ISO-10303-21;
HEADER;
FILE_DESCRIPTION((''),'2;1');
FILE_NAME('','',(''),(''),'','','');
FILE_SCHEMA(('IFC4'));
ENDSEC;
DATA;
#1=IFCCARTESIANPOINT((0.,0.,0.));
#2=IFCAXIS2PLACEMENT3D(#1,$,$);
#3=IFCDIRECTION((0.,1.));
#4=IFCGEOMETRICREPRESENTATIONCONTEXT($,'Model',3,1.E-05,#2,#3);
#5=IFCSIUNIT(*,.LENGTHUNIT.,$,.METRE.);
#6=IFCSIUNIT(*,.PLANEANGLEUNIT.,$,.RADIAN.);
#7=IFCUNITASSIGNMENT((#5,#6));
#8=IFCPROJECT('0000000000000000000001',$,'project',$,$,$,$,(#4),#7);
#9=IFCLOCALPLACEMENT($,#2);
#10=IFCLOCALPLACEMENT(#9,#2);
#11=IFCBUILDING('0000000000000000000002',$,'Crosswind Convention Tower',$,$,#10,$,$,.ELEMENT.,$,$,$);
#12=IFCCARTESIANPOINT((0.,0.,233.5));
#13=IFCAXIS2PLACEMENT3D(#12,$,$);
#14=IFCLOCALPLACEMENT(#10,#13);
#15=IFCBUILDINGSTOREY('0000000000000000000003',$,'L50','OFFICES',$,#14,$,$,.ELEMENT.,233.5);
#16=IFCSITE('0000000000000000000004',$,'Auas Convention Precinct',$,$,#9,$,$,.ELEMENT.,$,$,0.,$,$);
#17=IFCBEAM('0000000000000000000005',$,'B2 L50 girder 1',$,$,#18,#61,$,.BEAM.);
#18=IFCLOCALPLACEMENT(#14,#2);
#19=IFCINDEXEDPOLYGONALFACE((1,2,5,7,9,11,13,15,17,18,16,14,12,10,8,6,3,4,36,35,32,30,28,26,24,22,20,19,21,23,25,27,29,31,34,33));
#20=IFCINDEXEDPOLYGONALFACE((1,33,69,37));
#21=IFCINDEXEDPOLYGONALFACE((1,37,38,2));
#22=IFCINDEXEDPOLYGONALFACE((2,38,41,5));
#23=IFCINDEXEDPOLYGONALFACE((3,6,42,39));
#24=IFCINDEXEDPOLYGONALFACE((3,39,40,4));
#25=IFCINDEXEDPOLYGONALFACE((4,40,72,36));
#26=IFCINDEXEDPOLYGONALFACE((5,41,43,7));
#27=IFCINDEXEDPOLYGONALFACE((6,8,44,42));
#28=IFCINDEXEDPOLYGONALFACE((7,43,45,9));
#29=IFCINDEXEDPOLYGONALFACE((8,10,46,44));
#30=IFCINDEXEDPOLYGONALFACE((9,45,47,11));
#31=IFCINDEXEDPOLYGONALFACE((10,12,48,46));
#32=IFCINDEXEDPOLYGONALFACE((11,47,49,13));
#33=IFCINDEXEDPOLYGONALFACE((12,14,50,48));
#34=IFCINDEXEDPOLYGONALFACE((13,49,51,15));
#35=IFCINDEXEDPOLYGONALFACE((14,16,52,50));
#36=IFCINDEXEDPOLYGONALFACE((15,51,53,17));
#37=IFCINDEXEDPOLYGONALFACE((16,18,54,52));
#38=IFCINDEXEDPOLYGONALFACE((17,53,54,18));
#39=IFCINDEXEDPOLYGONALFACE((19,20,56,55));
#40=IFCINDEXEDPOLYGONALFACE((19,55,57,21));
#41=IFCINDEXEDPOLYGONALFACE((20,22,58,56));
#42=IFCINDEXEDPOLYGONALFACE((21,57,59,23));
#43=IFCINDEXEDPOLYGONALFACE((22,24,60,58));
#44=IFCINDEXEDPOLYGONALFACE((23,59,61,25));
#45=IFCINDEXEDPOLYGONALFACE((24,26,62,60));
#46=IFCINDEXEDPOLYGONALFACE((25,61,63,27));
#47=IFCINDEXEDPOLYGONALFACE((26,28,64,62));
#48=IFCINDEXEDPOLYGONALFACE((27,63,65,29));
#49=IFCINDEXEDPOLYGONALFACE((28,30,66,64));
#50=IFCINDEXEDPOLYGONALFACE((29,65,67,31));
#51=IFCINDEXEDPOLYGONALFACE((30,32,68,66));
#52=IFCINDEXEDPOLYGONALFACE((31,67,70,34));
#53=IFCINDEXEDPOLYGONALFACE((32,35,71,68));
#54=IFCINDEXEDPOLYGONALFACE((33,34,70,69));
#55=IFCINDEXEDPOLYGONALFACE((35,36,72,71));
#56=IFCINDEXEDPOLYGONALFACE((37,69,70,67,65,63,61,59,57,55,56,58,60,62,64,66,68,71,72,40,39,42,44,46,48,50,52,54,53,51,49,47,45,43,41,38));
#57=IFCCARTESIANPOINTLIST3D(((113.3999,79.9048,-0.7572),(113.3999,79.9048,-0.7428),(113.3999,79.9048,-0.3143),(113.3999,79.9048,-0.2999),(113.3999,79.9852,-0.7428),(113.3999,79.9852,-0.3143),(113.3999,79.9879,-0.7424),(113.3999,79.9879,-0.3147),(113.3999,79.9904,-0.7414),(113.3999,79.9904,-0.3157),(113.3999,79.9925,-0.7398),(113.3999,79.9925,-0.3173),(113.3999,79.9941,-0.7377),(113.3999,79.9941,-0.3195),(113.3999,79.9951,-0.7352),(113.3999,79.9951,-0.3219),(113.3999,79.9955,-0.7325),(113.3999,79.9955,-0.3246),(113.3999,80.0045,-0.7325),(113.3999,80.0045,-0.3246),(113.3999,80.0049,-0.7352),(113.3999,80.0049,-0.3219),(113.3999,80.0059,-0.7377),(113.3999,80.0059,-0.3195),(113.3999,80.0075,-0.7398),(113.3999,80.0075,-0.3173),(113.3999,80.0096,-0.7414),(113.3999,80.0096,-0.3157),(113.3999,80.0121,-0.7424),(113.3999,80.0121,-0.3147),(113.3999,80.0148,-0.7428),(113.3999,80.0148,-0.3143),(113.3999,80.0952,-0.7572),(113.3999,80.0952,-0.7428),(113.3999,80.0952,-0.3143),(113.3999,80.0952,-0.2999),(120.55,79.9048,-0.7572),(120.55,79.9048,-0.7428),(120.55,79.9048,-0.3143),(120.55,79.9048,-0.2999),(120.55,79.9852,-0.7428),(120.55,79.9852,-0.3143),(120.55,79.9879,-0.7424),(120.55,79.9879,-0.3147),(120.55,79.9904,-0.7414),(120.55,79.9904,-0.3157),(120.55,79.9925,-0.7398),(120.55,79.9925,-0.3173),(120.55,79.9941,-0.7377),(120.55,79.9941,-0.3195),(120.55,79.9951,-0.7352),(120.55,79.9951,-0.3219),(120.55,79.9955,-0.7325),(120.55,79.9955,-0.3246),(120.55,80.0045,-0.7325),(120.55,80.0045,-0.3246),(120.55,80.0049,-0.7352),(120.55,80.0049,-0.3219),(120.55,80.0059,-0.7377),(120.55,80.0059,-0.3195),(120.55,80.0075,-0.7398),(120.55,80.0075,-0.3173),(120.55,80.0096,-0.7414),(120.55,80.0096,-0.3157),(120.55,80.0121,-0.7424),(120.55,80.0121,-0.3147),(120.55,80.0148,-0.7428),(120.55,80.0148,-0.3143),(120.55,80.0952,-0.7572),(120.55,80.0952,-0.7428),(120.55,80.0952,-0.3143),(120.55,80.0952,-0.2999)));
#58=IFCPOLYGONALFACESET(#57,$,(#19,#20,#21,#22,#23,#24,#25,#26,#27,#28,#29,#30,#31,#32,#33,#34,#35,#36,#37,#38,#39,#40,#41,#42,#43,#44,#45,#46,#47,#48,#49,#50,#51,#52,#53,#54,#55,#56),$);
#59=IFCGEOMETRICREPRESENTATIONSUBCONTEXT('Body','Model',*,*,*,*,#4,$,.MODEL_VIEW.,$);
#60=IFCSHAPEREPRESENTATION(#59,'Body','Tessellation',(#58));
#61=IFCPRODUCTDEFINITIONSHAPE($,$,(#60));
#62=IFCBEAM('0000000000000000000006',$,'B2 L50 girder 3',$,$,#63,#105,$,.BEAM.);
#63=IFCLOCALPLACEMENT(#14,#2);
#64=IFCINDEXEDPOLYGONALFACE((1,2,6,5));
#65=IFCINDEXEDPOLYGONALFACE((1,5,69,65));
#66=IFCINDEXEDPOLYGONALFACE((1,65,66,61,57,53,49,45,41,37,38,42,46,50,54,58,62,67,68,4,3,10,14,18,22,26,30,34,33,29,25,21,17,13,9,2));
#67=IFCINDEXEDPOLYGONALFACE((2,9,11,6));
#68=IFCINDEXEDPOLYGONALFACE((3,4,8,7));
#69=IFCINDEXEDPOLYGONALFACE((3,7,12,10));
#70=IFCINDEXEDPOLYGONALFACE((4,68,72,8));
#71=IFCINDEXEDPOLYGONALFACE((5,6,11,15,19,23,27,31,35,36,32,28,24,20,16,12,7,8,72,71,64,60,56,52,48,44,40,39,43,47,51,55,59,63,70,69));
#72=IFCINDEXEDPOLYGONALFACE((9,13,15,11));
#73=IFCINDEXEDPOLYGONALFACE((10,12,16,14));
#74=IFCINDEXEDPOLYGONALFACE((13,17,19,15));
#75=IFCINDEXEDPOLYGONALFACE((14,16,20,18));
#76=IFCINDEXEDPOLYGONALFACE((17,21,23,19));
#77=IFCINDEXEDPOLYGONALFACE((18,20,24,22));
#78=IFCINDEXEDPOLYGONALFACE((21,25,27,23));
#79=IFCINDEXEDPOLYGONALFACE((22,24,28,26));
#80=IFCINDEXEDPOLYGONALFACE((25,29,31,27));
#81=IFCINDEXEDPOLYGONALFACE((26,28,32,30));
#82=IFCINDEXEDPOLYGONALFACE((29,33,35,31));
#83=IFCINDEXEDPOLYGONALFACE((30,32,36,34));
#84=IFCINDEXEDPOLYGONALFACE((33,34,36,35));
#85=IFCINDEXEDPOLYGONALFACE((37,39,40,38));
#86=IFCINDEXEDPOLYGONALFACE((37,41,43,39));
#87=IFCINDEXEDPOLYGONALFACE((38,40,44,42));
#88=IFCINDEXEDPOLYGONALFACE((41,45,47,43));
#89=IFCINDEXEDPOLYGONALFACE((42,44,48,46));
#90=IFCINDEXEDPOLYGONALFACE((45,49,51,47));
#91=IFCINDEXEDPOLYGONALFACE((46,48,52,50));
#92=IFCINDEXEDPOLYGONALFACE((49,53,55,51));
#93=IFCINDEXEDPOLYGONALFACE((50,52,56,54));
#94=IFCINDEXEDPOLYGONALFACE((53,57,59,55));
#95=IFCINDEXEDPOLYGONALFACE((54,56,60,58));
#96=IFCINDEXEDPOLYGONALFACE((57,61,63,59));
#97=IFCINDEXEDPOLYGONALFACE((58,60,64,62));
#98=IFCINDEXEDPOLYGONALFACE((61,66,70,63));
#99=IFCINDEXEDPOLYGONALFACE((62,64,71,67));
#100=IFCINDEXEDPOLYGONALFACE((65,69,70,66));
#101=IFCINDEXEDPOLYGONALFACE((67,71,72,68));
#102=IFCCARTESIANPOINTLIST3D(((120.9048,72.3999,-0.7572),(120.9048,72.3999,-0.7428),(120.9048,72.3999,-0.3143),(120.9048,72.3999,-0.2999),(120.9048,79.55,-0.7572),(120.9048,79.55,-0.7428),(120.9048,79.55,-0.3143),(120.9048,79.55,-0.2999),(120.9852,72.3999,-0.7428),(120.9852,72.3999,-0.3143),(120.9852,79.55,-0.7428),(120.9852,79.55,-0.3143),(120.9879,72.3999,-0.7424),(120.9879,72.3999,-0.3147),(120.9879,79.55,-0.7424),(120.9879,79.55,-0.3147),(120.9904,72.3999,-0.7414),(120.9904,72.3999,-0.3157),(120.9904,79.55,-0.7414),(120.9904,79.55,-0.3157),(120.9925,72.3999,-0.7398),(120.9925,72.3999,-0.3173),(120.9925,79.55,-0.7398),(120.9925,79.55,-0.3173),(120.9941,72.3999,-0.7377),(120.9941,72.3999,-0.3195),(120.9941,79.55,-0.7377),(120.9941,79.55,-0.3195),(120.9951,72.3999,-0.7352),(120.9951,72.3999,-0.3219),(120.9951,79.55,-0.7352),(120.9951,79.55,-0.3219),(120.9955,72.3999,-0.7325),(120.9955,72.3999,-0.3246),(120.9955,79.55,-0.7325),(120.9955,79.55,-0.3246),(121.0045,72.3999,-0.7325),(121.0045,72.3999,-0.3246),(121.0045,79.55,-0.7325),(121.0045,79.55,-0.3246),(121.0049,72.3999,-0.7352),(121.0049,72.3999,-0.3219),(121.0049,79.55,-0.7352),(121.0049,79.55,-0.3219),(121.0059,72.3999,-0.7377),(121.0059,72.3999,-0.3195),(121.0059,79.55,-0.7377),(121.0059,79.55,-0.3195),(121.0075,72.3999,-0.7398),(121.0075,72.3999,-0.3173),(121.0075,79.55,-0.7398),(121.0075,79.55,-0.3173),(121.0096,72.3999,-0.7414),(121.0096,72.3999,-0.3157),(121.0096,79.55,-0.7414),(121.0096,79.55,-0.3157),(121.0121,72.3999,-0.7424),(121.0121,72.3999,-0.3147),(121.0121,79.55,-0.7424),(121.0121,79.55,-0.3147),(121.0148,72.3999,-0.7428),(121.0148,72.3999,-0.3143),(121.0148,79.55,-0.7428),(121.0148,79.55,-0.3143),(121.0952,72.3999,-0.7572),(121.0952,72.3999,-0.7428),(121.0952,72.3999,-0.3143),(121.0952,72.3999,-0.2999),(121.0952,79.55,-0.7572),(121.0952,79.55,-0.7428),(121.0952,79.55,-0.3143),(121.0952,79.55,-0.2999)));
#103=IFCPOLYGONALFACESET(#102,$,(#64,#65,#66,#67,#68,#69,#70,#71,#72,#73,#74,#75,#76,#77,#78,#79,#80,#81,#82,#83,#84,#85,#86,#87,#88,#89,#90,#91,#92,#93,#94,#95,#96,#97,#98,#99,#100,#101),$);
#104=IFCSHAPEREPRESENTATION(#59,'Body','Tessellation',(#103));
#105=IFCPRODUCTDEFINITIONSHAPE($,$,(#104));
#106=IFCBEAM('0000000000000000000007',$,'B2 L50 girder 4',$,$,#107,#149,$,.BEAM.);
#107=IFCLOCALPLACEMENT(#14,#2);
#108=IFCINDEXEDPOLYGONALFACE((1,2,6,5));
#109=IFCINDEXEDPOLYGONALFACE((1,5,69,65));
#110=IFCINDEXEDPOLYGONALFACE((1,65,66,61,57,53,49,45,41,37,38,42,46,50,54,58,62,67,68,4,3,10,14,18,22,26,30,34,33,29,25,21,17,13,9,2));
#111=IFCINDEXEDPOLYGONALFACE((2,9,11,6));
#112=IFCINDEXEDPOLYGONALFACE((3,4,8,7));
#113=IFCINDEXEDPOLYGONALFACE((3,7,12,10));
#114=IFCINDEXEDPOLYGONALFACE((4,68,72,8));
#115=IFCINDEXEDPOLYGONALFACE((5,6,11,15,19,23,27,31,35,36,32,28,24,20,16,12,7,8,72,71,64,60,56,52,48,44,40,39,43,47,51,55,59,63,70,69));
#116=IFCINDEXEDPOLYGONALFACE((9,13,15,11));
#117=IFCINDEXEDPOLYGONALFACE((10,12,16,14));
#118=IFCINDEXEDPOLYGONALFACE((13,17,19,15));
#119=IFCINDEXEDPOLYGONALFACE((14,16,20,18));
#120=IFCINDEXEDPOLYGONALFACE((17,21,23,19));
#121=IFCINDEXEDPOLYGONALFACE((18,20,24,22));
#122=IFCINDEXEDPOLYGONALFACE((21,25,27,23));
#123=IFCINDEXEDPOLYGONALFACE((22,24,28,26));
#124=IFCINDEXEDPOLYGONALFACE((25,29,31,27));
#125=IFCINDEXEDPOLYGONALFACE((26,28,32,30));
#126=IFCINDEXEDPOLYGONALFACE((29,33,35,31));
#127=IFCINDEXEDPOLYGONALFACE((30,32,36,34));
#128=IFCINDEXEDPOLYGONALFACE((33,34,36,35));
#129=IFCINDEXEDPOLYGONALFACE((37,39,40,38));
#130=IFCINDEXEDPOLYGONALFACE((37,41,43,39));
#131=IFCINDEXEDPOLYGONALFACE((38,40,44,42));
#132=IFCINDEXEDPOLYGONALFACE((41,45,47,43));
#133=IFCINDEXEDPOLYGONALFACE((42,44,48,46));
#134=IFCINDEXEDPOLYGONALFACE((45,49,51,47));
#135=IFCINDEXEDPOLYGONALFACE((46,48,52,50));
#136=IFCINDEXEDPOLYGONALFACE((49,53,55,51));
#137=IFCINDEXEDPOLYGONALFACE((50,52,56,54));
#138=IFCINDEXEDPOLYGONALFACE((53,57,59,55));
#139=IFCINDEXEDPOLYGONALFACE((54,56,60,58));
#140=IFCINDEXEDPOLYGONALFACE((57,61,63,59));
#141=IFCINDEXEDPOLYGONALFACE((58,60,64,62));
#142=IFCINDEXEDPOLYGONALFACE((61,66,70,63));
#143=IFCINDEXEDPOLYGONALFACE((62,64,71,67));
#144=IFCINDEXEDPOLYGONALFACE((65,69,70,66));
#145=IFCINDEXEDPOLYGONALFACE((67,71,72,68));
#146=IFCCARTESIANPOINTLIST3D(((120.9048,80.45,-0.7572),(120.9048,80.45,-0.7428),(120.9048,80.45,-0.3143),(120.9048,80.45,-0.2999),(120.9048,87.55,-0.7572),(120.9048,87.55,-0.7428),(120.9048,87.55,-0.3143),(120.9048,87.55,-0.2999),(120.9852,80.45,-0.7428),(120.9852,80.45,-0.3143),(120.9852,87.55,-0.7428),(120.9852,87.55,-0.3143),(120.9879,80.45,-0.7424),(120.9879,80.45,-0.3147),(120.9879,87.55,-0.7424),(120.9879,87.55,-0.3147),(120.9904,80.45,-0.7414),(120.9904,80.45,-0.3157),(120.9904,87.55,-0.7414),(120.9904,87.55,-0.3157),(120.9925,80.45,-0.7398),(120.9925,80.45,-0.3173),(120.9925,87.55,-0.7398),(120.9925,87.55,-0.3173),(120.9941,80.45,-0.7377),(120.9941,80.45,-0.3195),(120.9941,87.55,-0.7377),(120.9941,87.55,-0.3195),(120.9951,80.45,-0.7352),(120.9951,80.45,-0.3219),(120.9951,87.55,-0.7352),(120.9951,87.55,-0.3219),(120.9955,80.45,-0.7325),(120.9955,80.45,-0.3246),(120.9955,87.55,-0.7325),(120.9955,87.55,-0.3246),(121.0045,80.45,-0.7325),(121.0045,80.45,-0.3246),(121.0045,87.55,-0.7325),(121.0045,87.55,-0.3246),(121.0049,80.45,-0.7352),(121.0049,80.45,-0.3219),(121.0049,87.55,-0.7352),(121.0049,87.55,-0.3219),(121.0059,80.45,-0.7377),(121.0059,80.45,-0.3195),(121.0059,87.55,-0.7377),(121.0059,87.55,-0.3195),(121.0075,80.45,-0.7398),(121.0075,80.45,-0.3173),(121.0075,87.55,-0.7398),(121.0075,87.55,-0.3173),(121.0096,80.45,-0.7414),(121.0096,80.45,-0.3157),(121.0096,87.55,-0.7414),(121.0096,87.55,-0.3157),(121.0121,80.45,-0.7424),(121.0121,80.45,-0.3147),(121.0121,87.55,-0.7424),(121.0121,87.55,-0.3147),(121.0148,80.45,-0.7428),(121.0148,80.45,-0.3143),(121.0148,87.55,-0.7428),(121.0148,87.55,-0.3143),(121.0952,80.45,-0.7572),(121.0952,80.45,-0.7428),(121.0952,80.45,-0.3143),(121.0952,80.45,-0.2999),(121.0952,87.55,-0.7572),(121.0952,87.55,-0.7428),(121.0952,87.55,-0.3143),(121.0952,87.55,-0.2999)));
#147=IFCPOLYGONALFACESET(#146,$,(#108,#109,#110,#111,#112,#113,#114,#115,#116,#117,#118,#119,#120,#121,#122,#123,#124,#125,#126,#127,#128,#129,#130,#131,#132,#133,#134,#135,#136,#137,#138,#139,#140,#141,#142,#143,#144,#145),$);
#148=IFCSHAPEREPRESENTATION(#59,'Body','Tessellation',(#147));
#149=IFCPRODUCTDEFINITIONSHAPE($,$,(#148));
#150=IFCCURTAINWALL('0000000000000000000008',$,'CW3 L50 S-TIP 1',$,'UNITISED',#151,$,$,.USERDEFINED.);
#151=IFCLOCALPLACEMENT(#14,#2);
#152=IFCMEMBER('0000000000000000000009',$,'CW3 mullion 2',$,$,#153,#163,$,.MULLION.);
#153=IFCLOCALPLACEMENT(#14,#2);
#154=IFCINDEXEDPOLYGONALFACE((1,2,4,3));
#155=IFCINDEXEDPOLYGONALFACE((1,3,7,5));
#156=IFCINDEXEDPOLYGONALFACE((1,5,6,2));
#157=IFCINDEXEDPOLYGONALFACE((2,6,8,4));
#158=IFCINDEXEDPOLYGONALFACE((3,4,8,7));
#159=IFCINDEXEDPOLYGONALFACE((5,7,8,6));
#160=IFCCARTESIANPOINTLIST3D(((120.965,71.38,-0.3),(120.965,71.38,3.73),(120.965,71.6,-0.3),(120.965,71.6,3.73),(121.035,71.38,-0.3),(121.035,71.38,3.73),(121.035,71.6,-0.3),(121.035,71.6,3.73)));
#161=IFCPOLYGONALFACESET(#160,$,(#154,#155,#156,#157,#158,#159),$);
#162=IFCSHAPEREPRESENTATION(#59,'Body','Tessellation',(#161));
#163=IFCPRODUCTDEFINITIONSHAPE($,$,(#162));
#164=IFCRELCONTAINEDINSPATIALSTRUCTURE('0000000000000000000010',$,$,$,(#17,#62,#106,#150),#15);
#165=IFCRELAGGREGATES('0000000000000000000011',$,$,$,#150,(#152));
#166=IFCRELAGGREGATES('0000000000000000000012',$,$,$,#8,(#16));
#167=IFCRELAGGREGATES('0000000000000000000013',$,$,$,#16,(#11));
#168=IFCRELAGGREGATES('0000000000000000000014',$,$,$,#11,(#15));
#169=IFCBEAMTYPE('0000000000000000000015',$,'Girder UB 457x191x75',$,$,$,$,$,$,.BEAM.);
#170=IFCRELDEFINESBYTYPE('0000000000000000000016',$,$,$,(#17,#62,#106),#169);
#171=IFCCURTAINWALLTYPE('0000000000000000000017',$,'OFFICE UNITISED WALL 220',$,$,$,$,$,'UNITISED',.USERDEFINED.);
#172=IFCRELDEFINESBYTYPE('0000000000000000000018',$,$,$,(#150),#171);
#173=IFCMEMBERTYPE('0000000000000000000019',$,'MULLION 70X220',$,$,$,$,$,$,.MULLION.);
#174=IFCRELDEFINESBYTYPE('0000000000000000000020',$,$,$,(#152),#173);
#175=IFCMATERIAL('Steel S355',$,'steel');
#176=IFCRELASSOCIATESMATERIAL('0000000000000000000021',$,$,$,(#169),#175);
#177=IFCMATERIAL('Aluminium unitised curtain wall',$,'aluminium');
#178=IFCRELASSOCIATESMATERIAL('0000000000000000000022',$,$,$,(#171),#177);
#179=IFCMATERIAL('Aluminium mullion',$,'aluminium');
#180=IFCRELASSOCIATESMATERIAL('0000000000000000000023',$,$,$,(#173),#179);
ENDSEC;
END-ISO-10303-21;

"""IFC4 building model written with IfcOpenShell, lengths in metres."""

from ifc_helpers import new_model, si_unit, direction, frame, origin, origin_2d, place, context, subcontext, project, spatial, rectangle, i_section, extrude, material, material_profile, profile_set, type_object, element, aggregate, save


model = new_model("IFC4")

# Units and contexts
model_context = context("Model", 3, precision=1e-05, world=origin(), true_north=direction((0.0, 1.0)))
body_context = subcontext(model_context, "Body", "Model", "MODEL_VIEW")
ifc_project = project(units=[si_unit("LENGTHUNIT", "METRE"), si_unit("PLANEANGLEUNIT", "RADIAN")], contexts=[model_context])

# Site, building, storey
site_placement = place(None, origin())
site = spatial("IfcSite", under=ifc_project, at=site_placement, Name="Auas Convention Precinct", CompositionType="ELEMENT", RefElevation=0.0)
building_placement = place(site_placement, origin())
building = spatial("IfcBuilding", under=site, at=building_placement, Name="Crosswind Convention Tower", CompositionType="ELEMENT")
storey_placement = place(building_placement, frame((0.0, 0.0, 233.5)))
storey = spatial("IfcBuildingStorey", under=building, at=storey_placement, Name="L50", Description="OFFICES", CompositionType="ELEMENT", Elevation=233.5)

# Beams
ifc_material_1 = material(Name="Steel S355", Category="steel")
ifc_material_profile_1 = material_profile(ifc_material_1, i_section(OverallWidth=0.1904, OverallDepth=0.4573, WebThickness=0.009, FlangeThickness=0.0144, FilletRadius=0.0103, at=origin_2d()), Name="UB 457x191x75")
ifc_profile_set_1 = profile_set([ifc_material_profile_1], Name="Steel S355")
beam_type_1 = type_object("IfcBeamType", Name="Girder UB 457x191x75", PredefinedType="BEAM", material=ifc_profile_set_1)
for number, where, z_axis, x_axis, name in (
    (1, (113.3999, 80.0, -0.5286), (1.0, 0.0, 0.0), (0.0, 1.0, 0.0), "B2 L50 girder 1"),
    (2, (121.0, 72.3999, -0.5286), (0.0, 1.0, 0.0), (-1.0, 0.0, 0.0), "B2 L50 girder 3"),
):
    element("IfcBeam", number, at=place(storey_placement, frame(where, z_axis=z_axis, x_axis=x_axis)), inside=storey, type_object=beam_type_1, Name=name, PredefinedType="BEAM", context=body_context, shape_type="SweptSolid", body=[
        extrude(i_section(OverallWidth=0.1904, OverallDepth=0.4573, WebThickness=0.009, FlangeThickness=0.0144, FilletRadius=0.0103, at=origin_2d()), origin(), (0.0, 0.0, 1.0), 7.1501),
    ])
beam_1_placement = place(storey_placement, frame((121.0, 80.45, -0.5286), z_axis=(0.0, 1.0, 0.0), x_axis=(-1.0, 0.0, 0.0)))
element("IfcBeam", 3, at=beam_1_placement, inside=storey, type_object=beam_type_1, Name="B2 L50 girder 4", PredefinedType="BEAM", context=body_context, shape_type="SweptSolid", body=[
    extrude(i_section(OverallWidth=0.1904, OverallDepth=0.4573, WebThickness=0.009, FlangeThickness=0.0144, FilletRadius=0.0103, at=origin_2d()), origin(), (0.0, 0.0, 1.0), 7.1001),
])

# Curtain wall, member
ifc_material_2 = material(Name="Aluminium unitised curtain wall", Category="aluminium")
curtain_wall_type = type_object("IfcCurtainWallType", Name="OFFICE UNITISED WALL 220", ElementType="UNITISED", PredefinedType="USERDEFINED", material=ifc_material_2)
curtain_wall_placement = place(storey_placement, origin())
curtain_wall = element("IfcCurtainWall", 4, at=curtain_wall_placement, inside=storey, type_object=curtain_wall_type, Name="CW3 L50 S-TIP 1", ObjectType="UNITISED", PredefinedType="USERDEFINED")
ifc_material_3 = material(Name="Aluminium mullion", Category="aluminium")
ifc_material_profile_2 = material_profile(ifc_material_3, rectangle(XDim=0.22, YDim=0.0701, at=origin_2d()), Name="AL 220X70")
ifc_profile_set_2 = profile_set([ifc_material_profile_2], Name="Aluminium mullion")
member_type = type_object("IfcMemberType", Name="MULLION 70X220", PredefinedType="MULLION", material=ifc_profile_set_2)
member_placement = place(storey_placement, frame((121.0, 71.49, -0.3), z_axis=(0.0, 0.0, 1.0), x_axis=(0.0, -1.0, 0.0)))
member = element("IfcMember", 5, at=member_placement, type_object=member_type, Name="CW3 mullion 2", PredefinedType="MULLION", context=body_context, shape_type="SweptSolid", body=[
    extrude(rectangle(XDim=0.22, YDim=0.0701, at=origin_2d()), origin(), (0.0, 0.0, 1.0), 4.03),
])

aggregate(curtain_wall, [member])

save(model, "model.ifc")
